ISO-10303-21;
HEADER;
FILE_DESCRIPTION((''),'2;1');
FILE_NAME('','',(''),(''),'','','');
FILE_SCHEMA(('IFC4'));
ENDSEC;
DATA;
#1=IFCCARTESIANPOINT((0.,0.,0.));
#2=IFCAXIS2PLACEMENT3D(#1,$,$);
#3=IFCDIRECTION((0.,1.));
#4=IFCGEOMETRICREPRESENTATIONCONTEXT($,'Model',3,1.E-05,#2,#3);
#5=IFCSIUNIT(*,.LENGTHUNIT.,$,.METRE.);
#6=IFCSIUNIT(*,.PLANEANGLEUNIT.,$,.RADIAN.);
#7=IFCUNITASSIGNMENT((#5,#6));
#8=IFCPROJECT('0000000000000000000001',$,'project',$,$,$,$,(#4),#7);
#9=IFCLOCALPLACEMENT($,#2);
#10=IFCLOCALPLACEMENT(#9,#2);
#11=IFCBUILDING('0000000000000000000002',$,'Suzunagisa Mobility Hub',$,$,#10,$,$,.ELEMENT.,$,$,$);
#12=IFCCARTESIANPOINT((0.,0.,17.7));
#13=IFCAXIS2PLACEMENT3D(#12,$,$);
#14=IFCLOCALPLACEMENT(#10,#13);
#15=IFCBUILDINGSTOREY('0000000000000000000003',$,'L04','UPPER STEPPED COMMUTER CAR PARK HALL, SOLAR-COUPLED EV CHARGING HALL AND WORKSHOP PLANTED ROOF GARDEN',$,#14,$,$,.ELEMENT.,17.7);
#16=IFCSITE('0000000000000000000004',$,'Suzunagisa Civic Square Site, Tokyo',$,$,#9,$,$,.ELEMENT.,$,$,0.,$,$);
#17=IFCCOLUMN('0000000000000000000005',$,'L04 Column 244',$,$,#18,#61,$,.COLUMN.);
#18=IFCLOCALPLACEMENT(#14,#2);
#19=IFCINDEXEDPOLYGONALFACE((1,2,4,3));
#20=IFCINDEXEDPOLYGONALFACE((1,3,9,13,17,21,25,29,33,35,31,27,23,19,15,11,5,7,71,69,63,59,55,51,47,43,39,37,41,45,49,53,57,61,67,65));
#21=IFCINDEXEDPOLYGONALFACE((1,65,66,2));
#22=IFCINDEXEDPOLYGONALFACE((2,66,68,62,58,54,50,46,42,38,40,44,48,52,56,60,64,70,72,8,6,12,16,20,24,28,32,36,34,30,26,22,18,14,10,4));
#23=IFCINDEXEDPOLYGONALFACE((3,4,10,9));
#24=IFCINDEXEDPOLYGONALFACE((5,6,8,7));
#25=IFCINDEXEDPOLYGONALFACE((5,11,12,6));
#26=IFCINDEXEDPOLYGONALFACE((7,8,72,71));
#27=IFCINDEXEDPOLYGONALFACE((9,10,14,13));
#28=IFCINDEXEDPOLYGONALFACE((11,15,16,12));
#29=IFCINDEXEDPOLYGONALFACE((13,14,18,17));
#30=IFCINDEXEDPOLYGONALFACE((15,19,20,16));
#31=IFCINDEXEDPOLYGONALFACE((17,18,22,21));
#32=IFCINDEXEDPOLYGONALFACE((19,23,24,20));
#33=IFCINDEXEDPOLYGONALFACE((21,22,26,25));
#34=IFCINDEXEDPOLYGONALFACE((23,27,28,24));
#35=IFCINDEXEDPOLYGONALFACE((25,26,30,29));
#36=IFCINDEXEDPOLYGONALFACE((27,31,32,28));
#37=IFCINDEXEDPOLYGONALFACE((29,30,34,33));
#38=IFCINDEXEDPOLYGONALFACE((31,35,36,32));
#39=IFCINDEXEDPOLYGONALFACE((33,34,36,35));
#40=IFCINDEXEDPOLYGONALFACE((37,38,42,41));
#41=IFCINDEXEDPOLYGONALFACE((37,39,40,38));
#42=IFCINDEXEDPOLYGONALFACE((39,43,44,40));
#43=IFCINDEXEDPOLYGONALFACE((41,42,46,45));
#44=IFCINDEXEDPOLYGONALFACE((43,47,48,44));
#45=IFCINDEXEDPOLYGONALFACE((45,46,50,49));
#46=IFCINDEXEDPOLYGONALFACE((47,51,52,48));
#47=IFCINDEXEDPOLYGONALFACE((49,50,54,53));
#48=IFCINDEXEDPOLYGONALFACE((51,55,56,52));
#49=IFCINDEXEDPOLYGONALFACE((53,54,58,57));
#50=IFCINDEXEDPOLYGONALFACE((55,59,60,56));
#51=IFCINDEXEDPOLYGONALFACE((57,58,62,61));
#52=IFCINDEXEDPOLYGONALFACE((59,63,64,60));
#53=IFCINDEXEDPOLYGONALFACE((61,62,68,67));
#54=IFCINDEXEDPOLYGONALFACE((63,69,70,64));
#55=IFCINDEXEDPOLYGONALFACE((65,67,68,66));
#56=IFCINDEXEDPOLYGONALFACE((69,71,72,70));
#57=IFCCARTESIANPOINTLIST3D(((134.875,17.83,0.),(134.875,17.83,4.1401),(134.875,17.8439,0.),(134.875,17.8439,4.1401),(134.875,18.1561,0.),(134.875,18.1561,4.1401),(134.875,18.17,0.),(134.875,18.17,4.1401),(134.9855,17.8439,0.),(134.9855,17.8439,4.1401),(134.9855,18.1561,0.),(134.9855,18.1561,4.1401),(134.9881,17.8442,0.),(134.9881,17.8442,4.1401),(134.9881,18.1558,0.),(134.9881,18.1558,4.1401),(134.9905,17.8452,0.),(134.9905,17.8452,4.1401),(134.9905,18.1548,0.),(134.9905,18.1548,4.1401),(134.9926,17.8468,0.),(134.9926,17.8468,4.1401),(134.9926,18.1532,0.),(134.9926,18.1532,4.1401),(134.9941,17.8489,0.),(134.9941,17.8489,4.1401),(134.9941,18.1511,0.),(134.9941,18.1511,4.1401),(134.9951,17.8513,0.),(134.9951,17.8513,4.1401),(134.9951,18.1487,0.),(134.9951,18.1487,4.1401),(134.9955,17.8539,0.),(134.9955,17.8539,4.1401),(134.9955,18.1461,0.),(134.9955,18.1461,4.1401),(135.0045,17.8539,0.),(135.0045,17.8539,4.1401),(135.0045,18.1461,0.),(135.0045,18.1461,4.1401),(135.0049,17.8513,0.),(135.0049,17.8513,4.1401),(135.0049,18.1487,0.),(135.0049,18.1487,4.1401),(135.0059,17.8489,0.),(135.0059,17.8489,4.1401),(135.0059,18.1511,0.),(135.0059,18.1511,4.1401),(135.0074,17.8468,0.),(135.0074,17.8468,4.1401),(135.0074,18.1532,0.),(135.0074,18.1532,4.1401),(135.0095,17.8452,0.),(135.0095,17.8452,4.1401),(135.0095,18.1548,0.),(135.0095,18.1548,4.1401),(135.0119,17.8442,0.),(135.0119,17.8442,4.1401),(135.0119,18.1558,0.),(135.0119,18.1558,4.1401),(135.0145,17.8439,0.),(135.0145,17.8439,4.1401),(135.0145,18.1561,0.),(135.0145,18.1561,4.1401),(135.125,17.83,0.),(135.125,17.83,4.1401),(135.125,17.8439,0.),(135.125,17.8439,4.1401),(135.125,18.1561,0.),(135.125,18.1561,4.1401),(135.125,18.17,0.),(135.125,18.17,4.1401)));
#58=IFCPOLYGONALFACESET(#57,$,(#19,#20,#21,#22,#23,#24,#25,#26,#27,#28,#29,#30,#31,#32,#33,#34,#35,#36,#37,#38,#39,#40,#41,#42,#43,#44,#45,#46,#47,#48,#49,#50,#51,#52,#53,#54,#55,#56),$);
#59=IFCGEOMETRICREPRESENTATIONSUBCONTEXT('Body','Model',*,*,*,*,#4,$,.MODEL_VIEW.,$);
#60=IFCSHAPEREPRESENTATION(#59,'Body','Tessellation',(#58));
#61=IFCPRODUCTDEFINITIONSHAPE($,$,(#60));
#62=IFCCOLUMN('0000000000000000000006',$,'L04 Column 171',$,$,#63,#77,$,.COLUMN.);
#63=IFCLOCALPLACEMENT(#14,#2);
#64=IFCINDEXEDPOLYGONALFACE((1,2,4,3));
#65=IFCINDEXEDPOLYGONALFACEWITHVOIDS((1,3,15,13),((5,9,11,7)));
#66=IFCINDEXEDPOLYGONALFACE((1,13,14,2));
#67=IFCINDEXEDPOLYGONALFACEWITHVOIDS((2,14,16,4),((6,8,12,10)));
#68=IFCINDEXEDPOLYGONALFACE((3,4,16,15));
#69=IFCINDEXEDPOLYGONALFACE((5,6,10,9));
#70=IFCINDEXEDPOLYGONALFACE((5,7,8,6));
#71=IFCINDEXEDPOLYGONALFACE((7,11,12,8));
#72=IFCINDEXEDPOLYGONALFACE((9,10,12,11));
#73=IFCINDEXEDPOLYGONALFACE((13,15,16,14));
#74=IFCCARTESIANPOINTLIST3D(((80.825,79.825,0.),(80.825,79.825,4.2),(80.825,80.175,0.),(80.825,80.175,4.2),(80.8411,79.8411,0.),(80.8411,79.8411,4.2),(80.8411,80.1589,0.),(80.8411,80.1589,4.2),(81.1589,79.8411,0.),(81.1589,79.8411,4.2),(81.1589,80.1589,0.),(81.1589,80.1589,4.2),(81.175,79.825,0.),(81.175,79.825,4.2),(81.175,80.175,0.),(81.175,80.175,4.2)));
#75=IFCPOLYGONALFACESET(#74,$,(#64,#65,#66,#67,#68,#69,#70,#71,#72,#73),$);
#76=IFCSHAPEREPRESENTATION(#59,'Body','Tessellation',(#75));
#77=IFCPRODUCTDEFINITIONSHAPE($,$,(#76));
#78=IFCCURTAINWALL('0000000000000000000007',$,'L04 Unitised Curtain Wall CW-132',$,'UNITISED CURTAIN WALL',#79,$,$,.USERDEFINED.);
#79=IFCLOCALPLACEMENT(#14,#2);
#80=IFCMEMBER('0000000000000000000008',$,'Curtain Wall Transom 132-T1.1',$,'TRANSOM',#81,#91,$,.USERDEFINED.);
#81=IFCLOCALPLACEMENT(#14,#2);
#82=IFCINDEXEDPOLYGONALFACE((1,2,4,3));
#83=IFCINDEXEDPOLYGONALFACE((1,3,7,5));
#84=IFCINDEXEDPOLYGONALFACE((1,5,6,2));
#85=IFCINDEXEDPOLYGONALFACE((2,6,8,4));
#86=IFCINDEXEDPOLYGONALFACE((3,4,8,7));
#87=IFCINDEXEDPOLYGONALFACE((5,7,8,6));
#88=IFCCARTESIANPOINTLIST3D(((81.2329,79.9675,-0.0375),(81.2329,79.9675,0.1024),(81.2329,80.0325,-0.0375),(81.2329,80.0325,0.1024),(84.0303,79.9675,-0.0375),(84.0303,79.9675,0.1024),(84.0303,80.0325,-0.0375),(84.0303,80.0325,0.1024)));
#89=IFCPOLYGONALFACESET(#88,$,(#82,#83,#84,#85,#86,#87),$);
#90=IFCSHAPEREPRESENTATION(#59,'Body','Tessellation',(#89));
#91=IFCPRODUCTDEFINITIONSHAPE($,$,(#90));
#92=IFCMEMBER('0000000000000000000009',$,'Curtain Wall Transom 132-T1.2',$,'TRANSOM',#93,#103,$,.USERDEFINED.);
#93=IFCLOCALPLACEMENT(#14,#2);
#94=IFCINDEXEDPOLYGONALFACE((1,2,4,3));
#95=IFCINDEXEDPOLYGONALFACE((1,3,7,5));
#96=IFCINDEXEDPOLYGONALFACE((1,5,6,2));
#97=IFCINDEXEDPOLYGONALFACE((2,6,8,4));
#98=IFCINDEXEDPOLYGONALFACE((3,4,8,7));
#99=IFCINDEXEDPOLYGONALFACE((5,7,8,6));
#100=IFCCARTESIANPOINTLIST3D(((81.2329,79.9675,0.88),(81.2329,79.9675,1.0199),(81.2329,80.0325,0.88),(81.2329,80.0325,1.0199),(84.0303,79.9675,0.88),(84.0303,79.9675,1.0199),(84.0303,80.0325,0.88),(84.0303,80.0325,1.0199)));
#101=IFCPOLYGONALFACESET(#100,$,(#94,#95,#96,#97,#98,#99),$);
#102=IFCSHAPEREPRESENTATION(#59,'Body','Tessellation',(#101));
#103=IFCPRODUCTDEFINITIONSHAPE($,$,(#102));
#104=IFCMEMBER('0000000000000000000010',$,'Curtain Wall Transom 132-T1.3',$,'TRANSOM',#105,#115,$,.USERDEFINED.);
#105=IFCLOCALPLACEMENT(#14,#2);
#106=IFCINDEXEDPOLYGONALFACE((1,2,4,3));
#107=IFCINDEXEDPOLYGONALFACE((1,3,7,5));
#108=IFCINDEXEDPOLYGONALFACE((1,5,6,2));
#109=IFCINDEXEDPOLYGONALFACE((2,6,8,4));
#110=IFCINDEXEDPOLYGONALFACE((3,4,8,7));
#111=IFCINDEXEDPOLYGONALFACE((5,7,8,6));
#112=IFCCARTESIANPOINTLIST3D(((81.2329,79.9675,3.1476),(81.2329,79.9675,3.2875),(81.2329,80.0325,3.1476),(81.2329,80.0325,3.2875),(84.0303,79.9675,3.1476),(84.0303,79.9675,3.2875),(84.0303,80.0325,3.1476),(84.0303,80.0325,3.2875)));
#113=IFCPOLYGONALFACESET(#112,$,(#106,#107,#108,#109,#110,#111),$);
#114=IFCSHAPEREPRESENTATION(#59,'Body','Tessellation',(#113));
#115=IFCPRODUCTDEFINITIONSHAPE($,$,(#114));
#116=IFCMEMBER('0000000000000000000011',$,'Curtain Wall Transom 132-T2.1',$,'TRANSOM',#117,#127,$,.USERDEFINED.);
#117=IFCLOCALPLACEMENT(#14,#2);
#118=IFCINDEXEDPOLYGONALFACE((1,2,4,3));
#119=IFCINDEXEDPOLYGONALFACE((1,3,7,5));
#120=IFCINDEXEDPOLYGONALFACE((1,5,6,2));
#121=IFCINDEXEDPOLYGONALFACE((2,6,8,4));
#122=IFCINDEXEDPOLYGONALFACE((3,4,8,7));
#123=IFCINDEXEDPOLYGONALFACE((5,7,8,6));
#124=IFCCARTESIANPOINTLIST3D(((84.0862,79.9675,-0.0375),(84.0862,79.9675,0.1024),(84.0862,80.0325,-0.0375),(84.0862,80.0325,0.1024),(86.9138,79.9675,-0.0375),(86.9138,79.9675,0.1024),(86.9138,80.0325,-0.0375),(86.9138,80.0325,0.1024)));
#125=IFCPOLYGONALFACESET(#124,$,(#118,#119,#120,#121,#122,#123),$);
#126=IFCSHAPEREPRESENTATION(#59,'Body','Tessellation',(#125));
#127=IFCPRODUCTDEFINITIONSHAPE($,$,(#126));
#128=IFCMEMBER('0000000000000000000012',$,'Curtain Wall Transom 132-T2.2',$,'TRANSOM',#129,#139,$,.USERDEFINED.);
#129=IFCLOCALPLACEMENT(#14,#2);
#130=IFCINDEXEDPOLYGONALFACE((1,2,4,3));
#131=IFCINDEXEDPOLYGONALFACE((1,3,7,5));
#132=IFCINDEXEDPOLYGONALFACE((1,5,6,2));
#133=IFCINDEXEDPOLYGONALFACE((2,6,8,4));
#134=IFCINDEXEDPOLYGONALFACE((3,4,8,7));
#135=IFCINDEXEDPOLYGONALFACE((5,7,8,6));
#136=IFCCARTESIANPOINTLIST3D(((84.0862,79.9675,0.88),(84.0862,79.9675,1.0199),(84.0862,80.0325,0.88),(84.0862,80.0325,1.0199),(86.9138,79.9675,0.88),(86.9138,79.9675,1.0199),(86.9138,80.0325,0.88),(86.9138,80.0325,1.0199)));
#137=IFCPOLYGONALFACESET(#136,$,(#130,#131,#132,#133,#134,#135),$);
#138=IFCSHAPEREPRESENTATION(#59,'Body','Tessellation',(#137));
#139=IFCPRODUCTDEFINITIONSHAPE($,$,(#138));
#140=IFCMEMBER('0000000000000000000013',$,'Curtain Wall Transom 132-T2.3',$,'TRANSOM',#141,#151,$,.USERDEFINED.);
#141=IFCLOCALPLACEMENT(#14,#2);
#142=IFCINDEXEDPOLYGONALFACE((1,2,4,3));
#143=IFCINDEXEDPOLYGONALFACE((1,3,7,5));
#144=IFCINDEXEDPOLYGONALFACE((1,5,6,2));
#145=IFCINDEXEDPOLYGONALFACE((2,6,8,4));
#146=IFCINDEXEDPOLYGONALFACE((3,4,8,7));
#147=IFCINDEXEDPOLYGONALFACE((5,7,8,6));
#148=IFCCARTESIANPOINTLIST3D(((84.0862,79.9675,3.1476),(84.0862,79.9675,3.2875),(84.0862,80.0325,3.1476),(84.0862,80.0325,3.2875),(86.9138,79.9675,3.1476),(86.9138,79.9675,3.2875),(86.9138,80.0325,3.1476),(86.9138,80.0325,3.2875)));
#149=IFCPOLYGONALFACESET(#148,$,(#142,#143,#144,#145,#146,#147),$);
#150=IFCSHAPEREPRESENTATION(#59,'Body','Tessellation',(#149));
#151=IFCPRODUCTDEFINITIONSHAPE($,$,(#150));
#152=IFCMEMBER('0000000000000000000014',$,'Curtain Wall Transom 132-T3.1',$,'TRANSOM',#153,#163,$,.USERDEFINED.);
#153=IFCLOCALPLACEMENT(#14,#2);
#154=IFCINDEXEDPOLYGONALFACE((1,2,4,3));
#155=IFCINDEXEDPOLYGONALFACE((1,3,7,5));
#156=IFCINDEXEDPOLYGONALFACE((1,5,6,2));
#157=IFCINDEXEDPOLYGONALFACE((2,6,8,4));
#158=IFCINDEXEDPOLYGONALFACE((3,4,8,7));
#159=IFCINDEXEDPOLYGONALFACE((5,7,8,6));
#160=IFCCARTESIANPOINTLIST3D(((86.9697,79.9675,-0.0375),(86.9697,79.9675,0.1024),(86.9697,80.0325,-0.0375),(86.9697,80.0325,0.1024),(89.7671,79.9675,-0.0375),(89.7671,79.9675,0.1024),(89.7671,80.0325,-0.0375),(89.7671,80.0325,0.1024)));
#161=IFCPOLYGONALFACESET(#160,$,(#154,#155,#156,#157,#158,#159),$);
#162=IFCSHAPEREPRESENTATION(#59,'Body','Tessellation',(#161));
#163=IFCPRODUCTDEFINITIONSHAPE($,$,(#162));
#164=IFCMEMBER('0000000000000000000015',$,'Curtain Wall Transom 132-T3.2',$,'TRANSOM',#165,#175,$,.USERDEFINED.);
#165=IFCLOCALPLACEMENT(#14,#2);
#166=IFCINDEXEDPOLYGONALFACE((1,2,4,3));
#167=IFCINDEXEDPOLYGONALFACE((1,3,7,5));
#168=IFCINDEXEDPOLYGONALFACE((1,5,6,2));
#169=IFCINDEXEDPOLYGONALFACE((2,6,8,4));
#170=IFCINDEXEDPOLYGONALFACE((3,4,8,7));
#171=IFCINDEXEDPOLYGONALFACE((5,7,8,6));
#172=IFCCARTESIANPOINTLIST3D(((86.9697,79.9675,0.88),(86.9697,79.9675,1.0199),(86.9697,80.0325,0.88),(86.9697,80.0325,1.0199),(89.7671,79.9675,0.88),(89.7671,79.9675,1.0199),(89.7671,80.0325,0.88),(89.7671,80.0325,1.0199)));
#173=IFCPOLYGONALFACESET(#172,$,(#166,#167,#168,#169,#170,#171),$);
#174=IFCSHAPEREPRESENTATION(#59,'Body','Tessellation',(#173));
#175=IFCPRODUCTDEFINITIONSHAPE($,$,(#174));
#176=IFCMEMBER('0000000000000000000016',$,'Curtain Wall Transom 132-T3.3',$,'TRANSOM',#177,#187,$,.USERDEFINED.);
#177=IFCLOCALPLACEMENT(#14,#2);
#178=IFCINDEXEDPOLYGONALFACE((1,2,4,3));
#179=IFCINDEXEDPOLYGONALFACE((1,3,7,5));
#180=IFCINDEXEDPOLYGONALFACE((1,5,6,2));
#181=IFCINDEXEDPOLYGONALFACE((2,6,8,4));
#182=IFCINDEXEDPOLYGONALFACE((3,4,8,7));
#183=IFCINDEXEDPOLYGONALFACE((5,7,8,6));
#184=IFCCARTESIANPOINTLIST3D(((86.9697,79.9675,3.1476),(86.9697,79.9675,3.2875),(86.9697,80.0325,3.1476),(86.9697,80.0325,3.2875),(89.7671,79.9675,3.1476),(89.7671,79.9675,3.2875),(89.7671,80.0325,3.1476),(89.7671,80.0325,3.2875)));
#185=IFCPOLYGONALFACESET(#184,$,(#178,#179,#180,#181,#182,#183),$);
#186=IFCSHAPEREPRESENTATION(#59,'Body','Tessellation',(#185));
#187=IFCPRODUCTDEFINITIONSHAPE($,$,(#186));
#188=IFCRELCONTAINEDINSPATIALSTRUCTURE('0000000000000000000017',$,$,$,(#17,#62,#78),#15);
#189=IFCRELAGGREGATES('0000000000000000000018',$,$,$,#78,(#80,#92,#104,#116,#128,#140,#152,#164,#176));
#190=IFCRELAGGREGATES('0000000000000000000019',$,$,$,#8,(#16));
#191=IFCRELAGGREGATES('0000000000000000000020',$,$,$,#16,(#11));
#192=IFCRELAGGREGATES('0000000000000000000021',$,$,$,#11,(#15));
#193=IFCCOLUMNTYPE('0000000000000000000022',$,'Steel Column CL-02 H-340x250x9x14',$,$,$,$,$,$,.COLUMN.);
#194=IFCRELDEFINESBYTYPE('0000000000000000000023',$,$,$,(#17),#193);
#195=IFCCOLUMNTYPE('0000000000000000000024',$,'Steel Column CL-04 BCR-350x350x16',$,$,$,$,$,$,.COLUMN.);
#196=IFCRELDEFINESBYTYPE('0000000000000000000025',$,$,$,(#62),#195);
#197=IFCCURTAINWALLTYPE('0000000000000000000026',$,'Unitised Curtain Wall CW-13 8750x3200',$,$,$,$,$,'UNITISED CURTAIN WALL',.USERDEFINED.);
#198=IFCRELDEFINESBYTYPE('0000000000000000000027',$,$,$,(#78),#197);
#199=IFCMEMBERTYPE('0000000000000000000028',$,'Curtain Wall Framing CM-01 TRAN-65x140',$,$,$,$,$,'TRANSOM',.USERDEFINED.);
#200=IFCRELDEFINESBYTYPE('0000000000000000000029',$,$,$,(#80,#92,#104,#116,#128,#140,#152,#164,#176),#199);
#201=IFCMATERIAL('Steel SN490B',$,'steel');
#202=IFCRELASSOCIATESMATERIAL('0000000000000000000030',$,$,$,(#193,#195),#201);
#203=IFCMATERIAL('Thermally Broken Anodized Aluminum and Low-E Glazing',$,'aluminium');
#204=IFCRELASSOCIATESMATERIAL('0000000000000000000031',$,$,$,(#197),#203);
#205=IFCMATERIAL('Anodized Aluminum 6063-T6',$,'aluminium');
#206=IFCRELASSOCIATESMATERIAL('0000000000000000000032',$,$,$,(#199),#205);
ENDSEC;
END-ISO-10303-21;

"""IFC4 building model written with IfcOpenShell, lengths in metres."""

from ifc_helpers import new_model, si_unit, direction, frame, origin, origin_2d, place, context, subcontext, project, spatial, rectangle, hollow_rectangle, i_section, extrude, material, material_profile, profile_set, type_object, element, aggregate, save


model = new_model("IFC4")

# Units and contexts
model_context = context("Model", 3, precision=1e-05, world=origin(), true_north=direction((0.0, 1.0)))
body_context = subcontext(model_context, "Body", "Model", "MODEL_VIEW")
ifc_project = project(units=[si_unit("LENGTHUNIT", "METRE"), si_unit("PLANEANGLEUNIT", "RADIAN")], contexts=[model_context])

# Site, building, storey
site_placement = place(None, origin())
site = spatial("IfcSite", under=ifc_project, at=site_placement, Name="Suzunagisa Civic Square Site, Tokyo", CompositionType="ELEMENT", RefElevation=0.0)
building_placement = place(site_placement, origin())
building = spatial("IfcBuilding", under=site, at=building_placement, Name="Suzunagisa Mobility Hub", CompositionType="ELEMENT")
storey_placement = place(building_placement, frame((0.0, 0.0, 17.7)))
storey = spatial("IfcBuildingStorey", under=building, at=storey_placement, Name="L04", Description="UPPER STEPPED COMMUTER CAR PARK HALL, SOLAR-COUPLED EV CHARGING HALL AND WORKSHOP PLANTED ROOF GARDEN", CompositionType="ELEMENT", Elevation=17.7)

# Columns
ifc_material_1 = material(Name="Steel SN490B", Category="steel")
ifc_material_profile_1 = material_profile(ifc_material_1, i_section(OverallWidth=0.25, OverallDepth=0.3401, WebThickness=0.009, FlangeThickness=0.0139, FilletRadius=0.01, at=origin_2d()), Name="H-340x250x9x14")
ifc_profile_set_1 = profile_set([ifc_material_profile_1], Name="Steel SN490B")
column_type_1 = type_object("IfcColumnType", Name="Steel Column CL-02 H-340x250x9x14", PredefinedType="COLUMN", material=ifc_profile_set_1)
column_1_placement = place(storey_placement, frame((135.0, 18.0, 0.0), z_axis=(0.0, 0.0, 1.0), x_axis=(1.0, 0.0, 0.0)))
element("IfcColumn", 1, at=column_1_placement, inside=storey, type_object=column_type_1, Name="L04 Column 244", PredefinedType="COLUMN", context=body_context, shape_type="SweptSolid", body=[
    extrude(i_section(OverallWidth=0.25, OverallDepth=0.3401, WebThickness=0.009, FlangeThickness=0.0139, FilletRadius=0.01, at=origin_2d()), origin(), (0.0, 0.0, 1.0), 4.1401),
])
ifc_material_profile_2 = material_profile(ifc_material_1, hollow_rectangle(XDim=0.3501, YDim=0.3501, WallThickness=0.0161, at=origin_2d()), Name="BCR-350x350x16")
ifc_profile_set_2 = profile_set([ifc_material_profile_2], Name="Steel SN490B")
column_type_2 = type_object("IfcColumnType", Name="Steel Column CL-04 BCR-350x350x16", PredefinedType="COLUMN", material=ifc_profile_set_2)
column_2_placement = place(storey_placement, frame((81.0, 80.0, 0.0), z_axis=(0.0, 0.0, 1.0), x_axis=(1.0, 0.0, 0.0)))
element("IfcColumn", 2, at=column_2_placement, inside=storey, type_object=column_type_2, Name="L04 Column 171", PredefinedType="COLUMN", context=body_context, shape_type="SweptSolid", body=[
    extrude(hollow_rectangle(XDim=0.3501, YDim=0.3501, WallThickness=0.0161, at=origin_2d()), origin(), (0.0, 0.0, 1.0), 4.2),
])

# Curtain wall, members
ifc_material_2 = material(Name="Thermally Broken Anodized Aluminum and Low-E Glazing", Category="aluminium")
curtain_wall_type = type_object("IfcCurtainWallType", Name="Unitised Curtain Wall CW-13 8750x3200", ElementType="UNITISED CURTAIN WALL", PredefinedType="USERDEFINED", material=ifc_material_2)
curtain_wall_placement = place(storey_placement, origin())
curtain_wall = element("IfcCurtainWall", 3, at=curtain_wall_placement, inside=storey, type_object=curtain_wall_type, Name="L04 Unitised Curtain Wall CW-132", ObjectType="UNITISED CURTAIN WALL", PredefinedType="USERDEFINED")
ifc_material_3 = material(Name="Anodized Aluminum 6063-T6", Category="aluminium")
ifc_material_profile_3 = material_profile(ifc_material_3, rectangle(XDim=0.0649, YDim=0.1399, at=origin_2d()), Name="TRAN-65x140")
ifc_profile_set_3 = profile_set([ifc_material_profile_3], Name="Anodized Aluminum 6063-T6")
member_type_1 = type_object("IfcMemberType", Name="Curtain Wall Framing CM-01 TRAN-65x140", ElementType="TRANSOM", PredefinedType="USERDEFINED", material=ifc_profile_set_3)
member_1_placement = place(storey_placement, frame((81.2329, 80.0, 0.0325), z_axis=(1.0, 0.0, 0.0), x_axis=(0.0, 1.0, 0.0)))
member_1 = element("IfcMember", 4, at=member_1_placement, type_object=member_type_1, Name="Curtain Wall Transom 132-T1.1", ObjectType="TRANSOM", PredefinedType="USERDEFINED", context=body_context, shape_type="SweptSolid", body=[
    extrude(rectangle(XDim=0.0649, YDim=0.1399, at=origin_2d()), origin(), (0.0, 0.0, 1.0), 2.7974),
])
member_2_placement = place(storey_placement, frame((81.2329, 80.0, 0.95), z_axis=(1.0, 0.0, 0.0), x_axis=(0.0, 1.0, 0.0)))
member_2 = element("IfcMember", 5, at=member_2_placement, type_object=member_type_1, Name="Curtain Wall Transom 132-T1.2", ObjectType="TRANSOM", PredefinedType="USERDEFINED", context=body_context, shape_type="SweptSolid", body=[
    extrude(rectangle(XDim=0.0649, YDim=0.1399, at=origin_2d()), origin(), (0.0, 0.0, 1.0), 2.7974),
])
member_3_placement = place(storey_placement, frame((81.2329, 80.0, 3.2175), z_axis=(1.0, 0.0, 0.0), x_axis=(0.0, 1.0, 0.0)))
member_3 = element("IfcMember", 6, at=member_3_placement, type_object=member_type_1, Name="Curtain Wall Transom 132-T1.3", ObjectType="TRANSOM", PredefinedType="USERDEFINED", context=body_context, shape_type="SweptSolid", body=[
    extrude(rectangle(XDim=0.0649, YDim=0.1399, at=origin_2d()), origin(), (0.0, 0.0, 1.0), 2.7974),
])
member_4_placement = place(storey_placement, frame((84.0862, 80.0, 0.0325), z_axis=(1.0, 0.0, 0.0), x_axis=(0.0, 1.0, 0.0)))
member_4 = element("IfcMember", 7, at=member_4_placement, type_object=member_type_1, Name="Curtain Wall Transom 132-T2.1", ObjectType="TRANSOM", PredefinedType="USERDEFINED", context=body_context, shape_type="SweptSolid", body=[
    extrude(rectangle(XDim=0.0649, YDim=0.1399, at=origin_2d()), origin(), (0.0, 0.0, 1.0), 2.8276),
])
member_5_placement = place(storey_placement, frame((84.0862, 80.0, 0.95), z_axis=(1.0, 0.0, 0.0), x_axis=(0.0, 1.0, 0.0)))
member_5 = element("IfcMember", 8, at=member_5_placement, type_object=member_type_1, Name="Curtain Wall Transom 132-T2.2", ObjectType="TRANSOM", PredefinedType="USERDEFINED", context=body_context, shape_type="SweptSolid", body=[
    extrude(rectangle(XDim=0.0649, YDim=0.1399, at=origin_2d()), origin(), (0.0, 0.0, 1.0), 2.8276),
])
member_6_placement = place(storey_placement, frame((84.0862, 80.0, 3.2175), z_axis=(1.0, 0.0, 0.0), x_axis=(0.0, 1.0, 0.0)))
member_6 = element("IfcMember", 9, at=member_6_placement, type_object=member_type_1, Name="Curtain Wall Transom 132-T2.3", ObjectType="TRANSOM", PredefinedType="USERDEFINED", context=body_context, shape_type="SweptSolid", body=[
    extrude(rectangle(XDim=0.0649, YDim=0.1399, at=origin_2d()), origin(), (0.0, 0.0, 1.0), 2.8276),
])
member_7_placement = place(storey_placement, frame((86.9697, 80.0, 0.0325), z_axis=(1.0, 0.0, 0.0), x_axis=(0.0, 1.0, 0.0)))
member_7 = element("IfcMember", 10, at=member_7_placement, type_object=member_type_1, Name="Curtain Wall Transom 132-T3.1", ObjectType="TRANSOM", PredefinedType="USERDEFINED", context=body_context, shape_type="SweptSolid", body=[
    extrude(rectangle(XDim=0.0649, YDim=0.1399, at=origin_2d()), origin(), (0.0, 0.0, 1.0), 2.7974),
])
member_8_placement = place(storey_placement, frame((86.9697, 80.0, 0.95), z_axis=(1.0, 0.0, 0.0), x_axis=(0.0, 1.0, 0.0)))
member_8 = element("IfcMember", 11, at=member_8_placement, type_object=member_type_1, Name="Curtain Wall Transom 132-T3.2", ObjectType="TRANSOM", PredefinedType="USERDEFINED", context=body_context, shape_type="SweptSolid", body=[
    extrude(rectangle(XDim=0.0649, YDim=0.1399, at=origin_2d()), origin(), (0.0, 0.0, 1.0), 2.7974),
])
member_9_placement = place(storey_placement, frame((86.9697, 80.0, 3.2175), z_axis=(1.0, 0.0, 0.0), x_axis=(0.0, 1.0, 0.0)))
member_9 = element("IfcMember", 12, at=member_9_placement, type_object=member_type_1, Name="Curtain Wall Transom 132-T3.3", ObjectType="TRANSOM", PredefinedType="USERDEFINED", context=body_context, shape_type="SweptSolid", body=[
    extrude(rectangle(XDim=0.0649, YDim=0.1399, at=origin_2d()), origin(), (0.0, 0.0, 1.0), 2.7974),
])

aggregate(curtain_wall, [member_1, member_2, member_3, member_4, member_5, member_6, member_7, member_8, member_9])

save(model, "model.ifc")
